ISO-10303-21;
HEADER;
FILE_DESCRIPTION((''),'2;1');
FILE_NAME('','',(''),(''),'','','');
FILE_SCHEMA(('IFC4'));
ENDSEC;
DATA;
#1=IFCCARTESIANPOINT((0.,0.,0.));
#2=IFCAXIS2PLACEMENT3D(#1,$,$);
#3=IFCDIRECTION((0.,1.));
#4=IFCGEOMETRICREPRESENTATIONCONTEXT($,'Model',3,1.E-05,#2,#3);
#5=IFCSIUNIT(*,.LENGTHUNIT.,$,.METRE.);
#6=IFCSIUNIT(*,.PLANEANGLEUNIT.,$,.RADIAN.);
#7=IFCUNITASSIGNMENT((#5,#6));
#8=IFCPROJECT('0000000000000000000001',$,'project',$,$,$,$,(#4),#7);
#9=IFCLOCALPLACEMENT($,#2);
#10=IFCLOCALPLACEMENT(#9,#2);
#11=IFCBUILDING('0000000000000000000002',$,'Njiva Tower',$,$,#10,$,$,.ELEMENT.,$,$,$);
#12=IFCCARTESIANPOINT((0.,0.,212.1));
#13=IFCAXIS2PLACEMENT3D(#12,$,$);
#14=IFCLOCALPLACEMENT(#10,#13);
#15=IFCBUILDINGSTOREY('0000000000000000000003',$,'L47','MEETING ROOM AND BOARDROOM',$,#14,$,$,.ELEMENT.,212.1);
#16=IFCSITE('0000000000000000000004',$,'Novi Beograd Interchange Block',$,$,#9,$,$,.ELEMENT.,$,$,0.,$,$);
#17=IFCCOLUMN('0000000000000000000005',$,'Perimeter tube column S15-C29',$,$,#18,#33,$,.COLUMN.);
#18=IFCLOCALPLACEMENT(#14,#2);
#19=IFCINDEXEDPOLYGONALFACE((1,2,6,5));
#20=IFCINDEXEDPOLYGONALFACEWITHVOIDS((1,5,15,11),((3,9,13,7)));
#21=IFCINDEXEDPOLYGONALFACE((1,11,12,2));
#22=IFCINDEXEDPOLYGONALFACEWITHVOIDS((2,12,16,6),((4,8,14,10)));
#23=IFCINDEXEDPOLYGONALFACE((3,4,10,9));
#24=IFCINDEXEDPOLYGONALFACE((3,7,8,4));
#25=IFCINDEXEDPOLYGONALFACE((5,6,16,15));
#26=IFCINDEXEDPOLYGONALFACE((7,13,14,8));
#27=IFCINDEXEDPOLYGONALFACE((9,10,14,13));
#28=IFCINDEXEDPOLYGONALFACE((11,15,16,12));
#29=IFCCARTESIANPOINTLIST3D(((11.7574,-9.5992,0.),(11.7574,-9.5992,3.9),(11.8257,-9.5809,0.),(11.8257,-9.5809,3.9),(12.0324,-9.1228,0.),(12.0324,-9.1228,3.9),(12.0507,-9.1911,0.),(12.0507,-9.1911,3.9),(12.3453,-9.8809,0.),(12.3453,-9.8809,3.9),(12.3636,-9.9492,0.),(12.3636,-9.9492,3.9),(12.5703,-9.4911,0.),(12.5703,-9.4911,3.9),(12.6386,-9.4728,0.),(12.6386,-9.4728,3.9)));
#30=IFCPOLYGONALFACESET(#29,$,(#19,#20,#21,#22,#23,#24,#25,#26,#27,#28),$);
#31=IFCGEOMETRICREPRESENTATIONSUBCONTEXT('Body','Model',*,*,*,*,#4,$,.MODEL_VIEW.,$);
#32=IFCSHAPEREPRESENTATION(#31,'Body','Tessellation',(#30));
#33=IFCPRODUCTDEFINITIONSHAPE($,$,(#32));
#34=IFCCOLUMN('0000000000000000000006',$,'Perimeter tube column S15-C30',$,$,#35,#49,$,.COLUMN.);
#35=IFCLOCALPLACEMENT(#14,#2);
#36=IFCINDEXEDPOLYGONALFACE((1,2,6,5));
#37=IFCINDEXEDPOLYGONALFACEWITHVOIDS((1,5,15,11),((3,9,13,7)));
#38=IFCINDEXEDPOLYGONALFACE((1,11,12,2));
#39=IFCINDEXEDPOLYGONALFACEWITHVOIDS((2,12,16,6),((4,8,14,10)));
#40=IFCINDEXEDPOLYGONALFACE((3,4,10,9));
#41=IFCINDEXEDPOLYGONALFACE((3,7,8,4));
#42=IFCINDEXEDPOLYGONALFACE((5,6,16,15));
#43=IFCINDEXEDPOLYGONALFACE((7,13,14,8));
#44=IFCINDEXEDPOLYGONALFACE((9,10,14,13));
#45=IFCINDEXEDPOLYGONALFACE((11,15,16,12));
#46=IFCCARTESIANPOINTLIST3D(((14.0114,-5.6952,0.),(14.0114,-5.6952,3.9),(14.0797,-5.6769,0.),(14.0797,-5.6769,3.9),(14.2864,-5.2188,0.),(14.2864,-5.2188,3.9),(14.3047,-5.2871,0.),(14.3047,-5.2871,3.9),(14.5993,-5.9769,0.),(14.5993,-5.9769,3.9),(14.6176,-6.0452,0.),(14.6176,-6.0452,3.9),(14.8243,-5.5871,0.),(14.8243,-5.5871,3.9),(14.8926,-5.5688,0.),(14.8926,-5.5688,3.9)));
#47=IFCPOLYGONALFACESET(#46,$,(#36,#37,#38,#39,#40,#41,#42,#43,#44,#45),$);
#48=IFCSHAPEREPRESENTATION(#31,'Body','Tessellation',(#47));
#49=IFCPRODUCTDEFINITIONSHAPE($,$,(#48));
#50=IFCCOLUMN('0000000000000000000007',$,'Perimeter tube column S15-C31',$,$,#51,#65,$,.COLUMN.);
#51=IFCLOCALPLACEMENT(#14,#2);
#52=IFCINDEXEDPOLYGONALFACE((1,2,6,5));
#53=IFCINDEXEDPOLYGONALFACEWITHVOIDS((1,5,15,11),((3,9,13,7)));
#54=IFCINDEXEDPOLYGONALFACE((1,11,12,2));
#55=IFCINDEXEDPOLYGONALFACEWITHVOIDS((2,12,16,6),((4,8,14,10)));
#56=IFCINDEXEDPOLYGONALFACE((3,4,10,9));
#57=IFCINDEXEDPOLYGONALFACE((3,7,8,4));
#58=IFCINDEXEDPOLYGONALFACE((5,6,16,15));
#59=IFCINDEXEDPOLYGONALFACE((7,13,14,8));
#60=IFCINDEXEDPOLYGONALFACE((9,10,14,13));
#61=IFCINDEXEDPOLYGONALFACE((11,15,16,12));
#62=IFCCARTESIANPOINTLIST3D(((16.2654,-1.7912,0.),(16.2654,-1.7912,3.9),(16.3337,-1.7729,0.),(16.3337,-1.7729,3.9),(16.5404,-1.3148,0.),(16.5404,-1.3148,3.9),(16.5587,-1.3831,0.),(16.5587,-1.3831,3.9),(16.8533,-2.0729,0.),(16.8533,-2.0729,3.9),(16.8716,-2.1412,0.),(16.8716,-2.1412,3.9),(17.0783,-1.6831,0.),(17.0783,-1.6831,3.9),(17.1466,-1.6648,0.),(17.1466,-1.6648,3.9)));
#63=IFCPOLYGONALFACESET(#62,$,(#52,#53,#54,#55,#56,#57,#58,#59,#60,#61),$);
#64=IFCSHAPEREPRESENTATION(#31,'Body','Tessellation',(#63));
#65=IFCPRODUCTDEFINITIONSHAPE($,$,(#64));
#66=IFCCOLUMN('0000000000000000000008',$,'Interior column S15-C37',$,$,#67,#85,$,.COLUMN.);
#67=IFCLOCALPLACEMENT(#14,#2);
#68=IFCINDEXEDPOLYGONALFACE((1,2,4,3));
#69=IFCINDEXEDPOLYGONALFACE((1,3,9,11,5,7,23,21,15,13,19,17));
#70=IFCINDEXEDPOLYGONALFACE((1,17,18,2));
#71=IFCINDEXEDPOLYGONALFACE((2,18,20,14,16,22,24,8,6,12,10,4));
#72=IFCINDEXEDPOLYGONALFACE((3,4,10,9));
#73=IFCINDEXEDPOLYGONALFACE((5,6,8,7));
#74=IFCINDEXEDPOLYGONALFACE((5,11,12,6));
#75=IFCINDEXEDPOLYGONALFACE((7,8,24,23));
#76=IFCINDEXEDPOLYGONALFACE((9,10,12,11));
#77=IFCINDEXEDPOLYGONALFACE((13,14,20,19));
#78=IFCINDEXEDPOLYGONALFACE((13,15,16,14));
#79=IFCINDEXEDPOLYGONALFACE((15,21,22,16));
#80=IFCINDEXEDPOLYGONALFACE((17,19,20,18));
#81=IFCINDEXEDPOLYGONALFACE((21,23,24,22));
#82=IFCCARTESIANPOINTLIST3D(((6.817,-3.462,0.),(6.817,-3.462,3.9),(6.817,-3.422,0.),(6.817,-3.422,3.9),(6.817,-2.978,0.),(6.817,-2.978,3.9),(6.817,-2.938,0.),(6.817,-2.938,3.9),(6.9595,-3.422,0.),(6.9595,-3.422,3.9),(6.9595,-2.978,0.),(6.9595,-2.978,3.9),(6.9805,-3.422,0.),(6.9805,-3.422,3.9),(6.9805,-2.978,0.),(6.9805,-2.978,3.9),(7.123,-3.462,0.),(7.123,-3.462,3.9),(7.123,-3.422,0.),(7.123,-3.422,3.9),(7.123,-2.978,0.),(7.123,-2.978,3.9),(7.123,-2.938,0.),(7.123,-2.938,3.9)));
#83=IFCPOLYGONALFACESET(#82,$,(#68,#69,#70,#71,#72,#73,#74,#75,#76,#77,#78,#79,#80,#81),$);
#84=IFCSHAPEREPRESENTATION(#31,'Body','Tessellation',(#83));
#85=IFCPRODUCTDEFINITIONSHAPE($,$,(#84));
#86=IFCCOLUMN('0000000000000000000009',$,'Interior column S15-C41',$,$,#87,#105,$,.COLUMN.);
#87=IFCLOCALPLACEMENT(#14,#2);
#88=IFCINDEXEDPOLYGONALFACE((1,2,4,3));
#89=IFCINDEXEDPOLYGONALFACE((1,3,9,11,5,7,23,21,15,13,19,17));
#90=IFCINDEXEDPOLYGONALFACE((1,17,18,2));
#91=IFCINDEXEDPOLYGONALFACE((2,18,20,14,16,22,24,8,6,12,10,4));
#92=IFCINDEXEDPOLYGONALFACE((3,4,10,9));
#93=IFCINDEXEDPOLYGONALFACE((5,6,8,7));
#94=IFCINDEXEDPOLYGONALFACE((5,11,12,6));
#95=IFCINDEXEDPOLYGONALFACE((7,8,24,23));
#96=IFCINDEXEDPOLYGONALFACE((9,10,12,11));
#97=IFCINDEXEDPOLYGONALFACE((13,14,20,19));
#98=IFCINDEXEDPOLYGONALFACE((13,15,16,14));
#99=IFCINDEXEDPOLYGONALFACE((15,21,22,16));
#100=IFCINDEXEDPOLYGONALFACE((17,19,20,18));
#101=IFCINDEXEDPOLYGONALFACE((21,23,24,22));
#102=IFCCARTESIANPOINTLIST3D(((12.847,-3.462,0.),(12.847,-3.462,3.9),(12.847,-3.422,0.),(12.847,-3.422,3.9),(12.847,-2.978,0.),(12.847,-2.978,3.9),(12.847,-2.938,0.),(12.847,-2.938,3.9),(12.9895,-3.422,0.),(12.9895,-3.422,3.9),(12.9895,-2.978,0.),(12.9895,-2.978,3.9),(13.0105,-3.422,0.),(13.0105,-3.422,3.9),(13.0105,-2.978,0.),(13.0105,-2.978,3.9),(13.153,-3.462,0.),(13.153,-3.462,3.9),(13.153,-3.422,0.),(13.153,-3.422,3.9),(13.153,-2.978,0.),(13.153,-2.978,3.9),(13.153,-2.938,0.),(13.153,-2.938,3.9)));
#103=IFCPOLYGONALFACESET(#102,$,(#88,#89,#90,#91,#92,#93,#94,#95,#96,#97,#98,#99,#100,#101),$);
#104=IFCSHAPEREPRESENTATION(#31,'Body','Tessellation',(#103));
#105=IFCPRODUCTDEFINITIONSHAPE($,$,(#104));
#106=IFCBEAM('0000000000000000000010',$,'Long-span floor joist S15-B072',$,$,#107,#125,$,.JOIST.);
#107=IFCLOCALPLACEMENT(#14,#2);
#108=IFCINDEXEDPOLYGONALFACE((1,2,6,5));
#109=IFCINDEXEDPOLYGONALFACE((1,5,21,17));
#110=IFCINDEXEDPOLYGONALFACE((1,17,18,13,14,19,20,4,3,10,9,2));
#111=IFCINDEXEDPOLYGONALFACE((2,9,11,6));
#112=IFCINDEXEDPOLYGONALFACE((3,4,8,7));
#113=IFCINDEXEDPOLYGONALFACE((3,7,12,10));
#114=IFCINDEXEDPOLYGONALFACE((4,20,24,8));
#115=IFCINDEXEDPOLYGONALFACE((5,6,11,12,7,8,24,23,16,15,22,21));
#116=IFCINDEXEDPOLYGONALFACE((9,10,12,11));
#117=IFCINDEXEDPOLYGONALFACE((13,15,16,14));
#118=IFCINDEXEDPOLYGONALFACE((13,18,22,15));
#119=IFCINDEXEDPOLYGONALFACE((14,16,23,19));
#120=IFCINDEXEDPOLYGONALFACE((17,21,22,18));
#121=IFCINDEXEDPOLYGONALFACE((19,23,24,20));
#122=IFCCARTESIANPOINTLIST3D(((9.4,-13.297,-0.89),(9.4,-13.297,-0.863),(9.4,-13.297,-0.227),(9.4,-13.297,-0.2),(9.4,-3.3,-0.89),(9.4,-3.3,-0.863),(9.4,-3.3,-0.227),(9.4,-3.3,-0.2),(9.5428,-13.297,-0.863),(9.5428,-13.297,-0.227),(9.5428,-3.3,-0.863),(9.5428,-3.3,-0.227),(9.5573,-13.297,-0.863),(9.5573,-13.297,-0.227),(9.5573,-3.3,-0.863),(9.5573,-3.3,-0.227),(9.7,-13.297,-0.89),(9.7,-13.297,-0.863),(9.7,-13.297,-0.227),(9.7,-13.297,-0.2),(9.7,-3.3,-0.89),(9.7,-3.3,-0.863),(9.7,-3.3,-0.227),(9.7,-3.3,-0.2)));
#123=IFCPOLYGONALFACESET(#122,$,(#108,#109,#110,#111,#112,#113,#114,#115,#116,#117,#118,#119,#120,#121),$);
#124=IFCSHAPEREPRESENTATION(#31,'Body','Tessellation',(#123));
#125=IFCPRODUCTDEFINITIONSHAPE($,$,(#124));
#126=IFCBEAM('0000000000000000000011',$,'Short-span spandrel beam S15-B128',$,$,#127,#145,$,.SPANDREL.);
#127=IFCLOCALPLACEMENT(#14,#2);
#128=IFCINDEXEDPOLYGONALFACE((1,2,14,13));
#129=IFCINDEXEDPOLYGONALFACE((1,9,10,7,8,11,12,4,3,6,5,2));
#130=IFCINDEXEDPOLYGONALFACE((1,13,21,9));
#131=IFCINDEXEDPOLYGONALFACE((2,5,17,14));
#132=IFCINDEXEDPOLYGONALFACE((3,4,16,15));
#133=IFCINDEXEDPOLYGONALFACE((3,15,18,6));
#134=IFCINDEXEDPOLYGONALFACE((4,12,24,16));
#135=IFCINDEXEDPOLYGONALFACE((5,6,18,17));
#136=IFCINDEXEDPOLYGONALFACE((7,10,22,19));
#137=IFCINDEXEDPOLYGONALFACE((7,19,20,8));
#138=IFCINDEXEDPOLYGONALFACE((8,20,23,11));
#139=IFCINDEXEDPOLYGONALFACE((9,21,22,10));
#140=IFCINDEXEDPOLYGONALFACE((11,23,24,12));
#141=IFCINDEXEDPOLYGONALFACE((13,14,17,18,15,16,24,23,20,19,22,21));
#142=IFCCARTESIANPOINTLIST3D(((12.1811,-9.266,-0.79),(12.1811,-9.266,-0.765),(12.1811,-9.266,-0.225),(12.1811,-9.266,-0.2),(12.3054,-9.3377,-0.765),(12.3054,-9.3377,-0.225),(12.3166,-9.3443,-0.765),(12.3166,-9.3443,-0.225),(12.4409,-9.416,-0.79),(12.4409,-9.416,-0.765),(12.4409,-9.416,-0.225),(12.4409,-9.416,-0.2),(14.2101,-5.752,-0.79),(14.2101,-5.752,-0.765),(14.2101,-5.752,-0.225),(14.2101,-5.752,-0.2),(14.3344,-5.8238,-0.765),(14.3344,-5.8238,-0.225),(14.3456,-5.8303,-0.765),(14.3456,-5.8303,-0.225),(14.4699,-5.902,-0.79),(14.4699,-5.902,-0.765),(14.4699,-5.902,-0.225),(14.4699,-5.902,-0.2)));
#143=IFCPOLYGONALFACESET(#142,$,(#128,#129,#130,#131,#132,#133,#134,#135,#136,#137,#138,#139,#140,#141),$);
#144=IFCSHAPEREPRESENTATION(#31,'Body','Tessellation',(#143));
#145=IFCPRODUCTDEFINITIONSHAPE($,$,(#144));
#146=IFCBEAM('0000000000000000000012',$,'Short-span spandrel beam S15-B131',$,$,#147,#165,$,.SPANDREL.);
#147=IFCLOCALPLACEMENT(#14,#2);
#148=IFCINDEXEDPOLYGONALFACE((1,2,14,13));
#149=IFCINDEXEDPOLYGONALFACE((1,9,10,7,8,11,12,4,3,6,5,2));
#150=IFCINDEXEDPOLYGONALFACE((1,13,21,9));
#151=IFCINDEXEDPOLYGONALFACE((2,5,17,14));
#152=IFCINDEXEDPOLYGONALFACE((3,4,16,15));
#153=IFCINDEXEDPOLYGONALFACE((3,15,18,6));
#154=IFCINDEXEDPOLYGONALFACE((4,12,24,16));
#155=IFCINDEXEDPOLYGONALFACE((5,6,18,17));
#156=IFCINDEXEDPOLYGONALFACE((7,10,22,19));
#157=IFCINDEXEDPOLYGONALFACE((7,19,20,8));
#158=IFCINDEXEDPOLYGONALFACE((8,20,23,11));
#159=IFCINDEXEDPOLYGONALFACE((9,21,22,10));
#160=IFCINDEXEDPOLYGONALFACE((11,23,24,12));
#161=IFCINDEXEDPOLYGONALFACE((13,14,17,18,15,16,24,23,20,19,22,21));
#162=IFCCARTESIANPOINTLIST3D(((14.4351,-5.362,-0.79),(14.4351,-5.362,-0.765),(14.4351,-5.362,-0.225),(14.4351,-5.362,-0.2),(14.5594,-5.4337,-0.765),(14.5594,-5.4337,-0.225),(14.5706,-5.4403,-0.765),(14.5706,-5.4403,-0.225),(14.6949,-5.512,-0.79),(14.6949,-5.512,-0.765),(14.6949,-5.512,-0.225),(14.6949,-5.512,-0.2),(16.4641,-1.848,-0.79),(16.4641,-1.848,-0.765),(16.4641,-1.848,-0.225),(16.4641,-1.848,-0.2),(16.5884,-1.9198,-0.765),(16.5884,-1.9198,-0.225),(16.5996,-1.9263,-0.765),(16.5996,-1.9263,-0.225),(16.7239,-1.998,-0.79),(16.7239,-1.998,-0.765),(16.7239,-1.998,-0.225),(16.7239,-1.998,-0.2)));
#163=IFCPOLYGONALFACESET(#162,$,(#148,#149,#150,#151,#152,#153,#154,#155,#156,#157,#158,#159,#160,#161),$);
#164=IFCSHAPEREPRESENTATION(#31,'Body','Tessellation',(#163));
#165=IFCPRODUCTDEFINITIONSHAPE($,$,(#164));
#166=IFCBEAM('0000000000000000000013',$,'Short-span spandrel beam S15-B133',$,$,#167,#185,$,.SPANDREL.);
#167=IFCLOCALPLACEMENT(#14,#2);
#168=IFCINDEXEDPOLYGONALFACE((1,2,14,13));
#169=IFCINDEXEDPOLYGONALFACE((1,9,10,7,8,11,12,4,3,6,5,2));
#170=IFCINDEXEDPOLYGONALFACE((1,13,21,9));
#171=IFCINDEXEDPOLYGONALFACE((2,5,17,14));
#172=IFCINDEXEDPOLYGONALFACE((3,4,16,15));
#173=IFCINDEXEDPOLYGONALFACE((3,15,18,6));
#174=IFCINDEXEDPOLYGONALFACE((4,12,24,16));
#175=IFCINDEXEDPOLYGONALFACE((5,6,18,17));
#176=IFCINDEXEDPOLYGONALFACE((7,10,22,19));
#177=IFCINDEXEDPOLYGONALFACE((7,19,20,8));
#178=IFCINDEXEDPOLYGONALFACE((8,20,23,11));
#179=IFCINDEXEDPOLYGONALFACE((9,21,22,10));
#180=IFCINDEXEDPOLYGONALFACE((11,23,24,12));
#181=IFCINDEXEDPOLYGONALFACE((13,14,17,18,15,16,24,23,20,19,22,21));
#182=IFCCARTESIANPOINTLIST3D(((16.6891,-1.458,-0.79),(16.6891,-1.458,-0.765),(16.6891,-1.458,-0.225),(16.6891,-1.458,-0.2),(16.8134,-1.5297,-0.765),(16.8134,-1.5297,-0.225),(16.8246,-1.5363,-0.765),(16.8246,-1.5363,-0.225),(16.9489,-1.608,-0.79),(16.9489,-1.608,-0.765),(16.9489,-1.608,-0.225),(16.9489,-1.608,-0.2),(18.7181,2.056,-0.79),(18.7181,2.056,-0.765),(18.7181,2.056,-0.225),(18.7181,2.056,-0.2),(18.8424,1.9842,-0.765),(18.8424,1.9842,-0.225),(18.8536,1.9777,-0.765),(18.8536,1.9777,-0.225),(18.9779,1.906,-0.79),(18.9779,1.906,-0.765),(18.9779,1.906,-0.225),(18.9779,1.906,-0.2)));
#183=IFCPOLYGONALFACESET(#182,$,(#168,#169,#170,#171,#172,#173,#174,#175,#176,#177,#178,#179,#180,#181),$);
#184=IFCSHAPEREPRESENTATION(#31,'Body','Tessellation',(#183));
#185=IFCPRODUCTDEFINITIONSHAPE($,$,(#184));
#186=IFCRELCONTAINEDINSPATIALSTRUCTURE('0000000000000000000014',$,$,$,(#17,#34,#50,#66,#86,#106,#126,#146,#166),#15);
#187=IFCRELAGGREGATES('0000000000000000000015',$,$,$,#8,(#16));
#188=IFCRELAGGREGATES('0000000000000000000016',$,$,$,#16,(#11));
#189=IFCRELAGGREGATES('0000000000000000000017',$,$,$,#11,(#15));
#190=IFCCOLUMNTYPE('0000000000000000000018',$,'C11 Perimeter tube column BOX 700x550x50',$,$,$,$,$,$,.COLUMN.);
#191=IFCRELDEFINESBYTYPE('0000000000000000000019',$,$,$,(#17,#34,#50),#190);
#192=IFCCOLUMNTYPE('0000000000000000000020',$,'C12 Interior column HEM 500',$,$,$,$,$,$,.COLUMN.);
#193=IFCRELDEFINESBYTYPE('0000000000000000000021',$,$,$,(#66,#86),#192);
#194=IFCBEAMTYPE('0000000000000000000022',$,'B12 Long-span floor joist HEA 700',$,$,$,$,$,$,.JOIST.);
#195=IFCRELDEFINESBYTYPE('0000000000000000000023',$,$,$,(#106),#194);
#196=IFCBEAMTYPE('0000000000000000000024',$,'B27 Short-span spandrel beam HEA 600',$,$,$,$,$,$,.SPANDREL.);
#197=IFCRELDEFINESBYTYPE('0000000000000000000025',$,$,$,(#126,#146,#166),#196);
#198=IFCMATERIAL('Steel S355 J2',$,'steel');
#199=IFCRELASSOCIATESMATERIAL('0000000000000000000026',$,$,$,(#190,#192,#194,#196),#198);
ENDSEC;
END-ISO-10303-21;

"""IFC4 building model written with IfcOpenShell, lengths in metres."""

from ifc_helpers import new_model, si_unit, direction, frame, origin, origin_2d, place, context, subcontext, project, spatial, hollow_rectangle, i_section, extrude, material, material_profile, profile_set, type_object, element, save


model = new_model("IFC4")

# Units and contexts
model_context = context("Model", 3, precision=1e-05, world=origin(), true_north=direction((0.0, 1.0)))
body_context = subcontext(model_context, "Body", "Model", "MODEL_VIEW")
ifc_project = project(units=[si_unit("LENGTHUNIT", "METRE"), si_unit("PLANEANGLEUNIT", "RADIAN")], contexts=[model_context])

# Site, building, storey
site_placement = place(None, origin())
site = spatial("IfcSite", under=ifc_project, at=site_placement, Name="Novi Beograd Interchange Block", CompositionType="ELEMENT", RefElevation=0.0)
building_placement = place(site_placement, origin())
building = spatial("IfcBuilding", under=site, at=building_placement, Name="Njiva Tower", CompositionType="ELEMENT")
storey_placement = place(building_placement, frame((0.0, 0.0, 212.1)))
storey = spatial("IfcBuildingStorey", under=building, at=storey_placement, Name="L47", Description="MEETING ROOM AND BOARDROOM", CompositionType="ELEMENT", Elevation=212.1)

# Columns
ifc_material_1 = material(Name="Steel S355 J2", Category="steel")
ifc_material_profile_1 = material_profile(ifc_material_1, hollow_rectangle(XDim=0.55, YDim=0.7, WallThickness=0.05, at=origin_2d()), Name="BOX 700x550x50")
ifc_profile_set_1 = profile_set([ifc_material_profile_1], Name="Steel S355 J2")
column_type_1 = type_object("IfcColumnType", Name="C11 Perimeter tube column BOX 700x550x50", PredefinedType="COLUMN", material=ifc_profile_set_1)
for number, where, z_axis, x_axis, name in (
    (1, (12.198, -9.536, 0.0), (0.0, 0.0, 1.0), (0.5, 0.866025, 0.0), "Perimeter tube column S15-C29"),
    (2, (14.452, -5.632, 0.0), (0.0, 0.0, 1.0), (0.5, 0.866025, 0.0), "Perimeter tube column S15-C30"),
    (3, (16.706, -1.728, 0.0), (0.0, 0.0, 1.0), (0.5, 0.866025, 0.0), "Perimeter tube column S15-C31"),
):
    element("IfcColumn", number, at=place(storey_placement, frame(where, z_axis=z_axis, x_axis=x_axis)), inside=storey, type_object=column_type_1, Name=name, PredefinedType="COLUMN", context=body_context, shape_type="SweptSolid", body=[
        extrude(hollow_rectangle(XDim=0.55, YDim=0.7, WallThickness=0.05, at=origin_2d()), origin(), (0.0, 0.0, 1.0), 3.9),
    ])
ifc_material_profile_2 = material_profile(ifc_material_1, i_section(OverallWidth=0.306, OverallDepth=0.524, WebThickness=0.021, FlangeThickness=0.04, at=origin_2d()), Name="HEM 500")
ifc_profile_set_2 = profile_set([ifc_material_profile_2], Name="Steel S355 J2")
column_type_2 = type_object("IfcColumnType", Name="C12 Interior column HEM 500", PredefinedType="COLUMN", material=ifc_profile_set_2)
for number, where, z_axis, x_axis, name in (
    (4, (6.97, -3.2, 0.0), (0.0, 0.0, 1.0), (1.0, 0.0, 0.0), "Interior column S15-C37"),
    (5, (13.0, -3.2, 0.0), (0.0, 0.0, 1.0), (1.0, 0.0, 0.0), "Interior column S15-C41"),
):
    element("IfcColumn", number, at=place(storey_placement, frame(where, z_axis=z_axis, x_axis=x_axis)), inside=storey, type_object=column_type_2, Name=name, PredefinedType="COLUMN", context=body_context, shape_type="SweptSolid", body=[
        extrude(i_section(OverallWidth=0.306, OverallDepth=0.524, WebThickness=0.021, FlangeThickness=0.04, at=origin_2d()), origin(), (0.0, 0.0, 1.0), 3.9),
    ])

# Beams
ifc_material_profile_3 = material_profile(ifc_material_1, i_section(OverallWidth=0.3, OverallDepth=0.69, WebThickness=0.0145, FlangeThickness=0.027, at=origin_2d()), Name="HEA 700")
ifc_profile_set_3 = profile_set([ifc_material_profile_3], Name="Steel S355 J2")
beam_type_1 = type_object("IfcBeamType", Name="B12 Long-span floor joist HEA 700", PredefinedType="JOIST", material=ifc_profile_set_3)
beam_1_placement = place(storey_placement, frame((9.55, -3.3, -0.545), z_axis=(0.0, -1.0, 0.0), x_axis=(1.0, 0.0, 0.0)))
element("IfcBeam", 6, at=beam_1_placement, inside=storey, type_object=beam_type_1, Name="Long-span floor joist S15-B072", PredefinedType="JOIST", context=body_context, shape_type="SweptSolid", body=[
    extrude(i_section(OverallWidth=0.3, OverallDepth=0.69, WebThickness=0.0145, FlangeThickness=0.027, at=origin_2d()), origin(), (0.0, 0.0, 1.0), 9.997),
])
ifc_material_profile_4 = material_profile(ifc_material_1, i_section(OverallWidth=0.3, OverallDepth=0.59, WebThickness=0.013, FlangeThickness=0.025, at=origin_2d()), Name="HEA 600")
ifc_profile_set_4 = profile_set([ifc_material_profile_4], Name="Steel S355 J2")
beam_type_2 = type_object("IfcBeamType", Name="B27 Short-span spandrel beam HEA 600", PredefinedType="SPANDREL", material=ifc_profile_set_4)
for number, where, z_axis, x_axis, name in (
    (7, (12.311, -9.341, -0.495), (0.500035, 0.866005, 0.0), (-0.866005, 0.500035, 0.0), "Short-span spandrel beam S15-B128"),
    (8, (14.565, -5.437, -0.495), (0.500035, 0.866005, 0.0), (-0.866005, 0.500035, 0.0), "Short-span spandrel beam S15-B131"),
    (9, (16.819, -1.533, -0.495), (0.500035, 0.866005, 0.0), (-0.866005, 0.500035, 0.0), "Short-span spandrel beam S15-B133"),
):
    element("IfcBeam", number, at=place(storey_placement, frame(where, z_axis=z_axis, x_axis=x_axis)), inside=storey, type_object=beam_type_2, Name=name, PredefinedType="SPANDREL", context=body_context, shape_type="SweptSolid", body=[
        extrude(i_section(OverallWidth=0.3, OverallDepth=0.59, WebThickness=0.013, FlangeThickness=0.025, at=origin_2d()), origin(), (0.0, 0.0, 1.0), 4.0577),
    ])

save(model, "model.ifc")
